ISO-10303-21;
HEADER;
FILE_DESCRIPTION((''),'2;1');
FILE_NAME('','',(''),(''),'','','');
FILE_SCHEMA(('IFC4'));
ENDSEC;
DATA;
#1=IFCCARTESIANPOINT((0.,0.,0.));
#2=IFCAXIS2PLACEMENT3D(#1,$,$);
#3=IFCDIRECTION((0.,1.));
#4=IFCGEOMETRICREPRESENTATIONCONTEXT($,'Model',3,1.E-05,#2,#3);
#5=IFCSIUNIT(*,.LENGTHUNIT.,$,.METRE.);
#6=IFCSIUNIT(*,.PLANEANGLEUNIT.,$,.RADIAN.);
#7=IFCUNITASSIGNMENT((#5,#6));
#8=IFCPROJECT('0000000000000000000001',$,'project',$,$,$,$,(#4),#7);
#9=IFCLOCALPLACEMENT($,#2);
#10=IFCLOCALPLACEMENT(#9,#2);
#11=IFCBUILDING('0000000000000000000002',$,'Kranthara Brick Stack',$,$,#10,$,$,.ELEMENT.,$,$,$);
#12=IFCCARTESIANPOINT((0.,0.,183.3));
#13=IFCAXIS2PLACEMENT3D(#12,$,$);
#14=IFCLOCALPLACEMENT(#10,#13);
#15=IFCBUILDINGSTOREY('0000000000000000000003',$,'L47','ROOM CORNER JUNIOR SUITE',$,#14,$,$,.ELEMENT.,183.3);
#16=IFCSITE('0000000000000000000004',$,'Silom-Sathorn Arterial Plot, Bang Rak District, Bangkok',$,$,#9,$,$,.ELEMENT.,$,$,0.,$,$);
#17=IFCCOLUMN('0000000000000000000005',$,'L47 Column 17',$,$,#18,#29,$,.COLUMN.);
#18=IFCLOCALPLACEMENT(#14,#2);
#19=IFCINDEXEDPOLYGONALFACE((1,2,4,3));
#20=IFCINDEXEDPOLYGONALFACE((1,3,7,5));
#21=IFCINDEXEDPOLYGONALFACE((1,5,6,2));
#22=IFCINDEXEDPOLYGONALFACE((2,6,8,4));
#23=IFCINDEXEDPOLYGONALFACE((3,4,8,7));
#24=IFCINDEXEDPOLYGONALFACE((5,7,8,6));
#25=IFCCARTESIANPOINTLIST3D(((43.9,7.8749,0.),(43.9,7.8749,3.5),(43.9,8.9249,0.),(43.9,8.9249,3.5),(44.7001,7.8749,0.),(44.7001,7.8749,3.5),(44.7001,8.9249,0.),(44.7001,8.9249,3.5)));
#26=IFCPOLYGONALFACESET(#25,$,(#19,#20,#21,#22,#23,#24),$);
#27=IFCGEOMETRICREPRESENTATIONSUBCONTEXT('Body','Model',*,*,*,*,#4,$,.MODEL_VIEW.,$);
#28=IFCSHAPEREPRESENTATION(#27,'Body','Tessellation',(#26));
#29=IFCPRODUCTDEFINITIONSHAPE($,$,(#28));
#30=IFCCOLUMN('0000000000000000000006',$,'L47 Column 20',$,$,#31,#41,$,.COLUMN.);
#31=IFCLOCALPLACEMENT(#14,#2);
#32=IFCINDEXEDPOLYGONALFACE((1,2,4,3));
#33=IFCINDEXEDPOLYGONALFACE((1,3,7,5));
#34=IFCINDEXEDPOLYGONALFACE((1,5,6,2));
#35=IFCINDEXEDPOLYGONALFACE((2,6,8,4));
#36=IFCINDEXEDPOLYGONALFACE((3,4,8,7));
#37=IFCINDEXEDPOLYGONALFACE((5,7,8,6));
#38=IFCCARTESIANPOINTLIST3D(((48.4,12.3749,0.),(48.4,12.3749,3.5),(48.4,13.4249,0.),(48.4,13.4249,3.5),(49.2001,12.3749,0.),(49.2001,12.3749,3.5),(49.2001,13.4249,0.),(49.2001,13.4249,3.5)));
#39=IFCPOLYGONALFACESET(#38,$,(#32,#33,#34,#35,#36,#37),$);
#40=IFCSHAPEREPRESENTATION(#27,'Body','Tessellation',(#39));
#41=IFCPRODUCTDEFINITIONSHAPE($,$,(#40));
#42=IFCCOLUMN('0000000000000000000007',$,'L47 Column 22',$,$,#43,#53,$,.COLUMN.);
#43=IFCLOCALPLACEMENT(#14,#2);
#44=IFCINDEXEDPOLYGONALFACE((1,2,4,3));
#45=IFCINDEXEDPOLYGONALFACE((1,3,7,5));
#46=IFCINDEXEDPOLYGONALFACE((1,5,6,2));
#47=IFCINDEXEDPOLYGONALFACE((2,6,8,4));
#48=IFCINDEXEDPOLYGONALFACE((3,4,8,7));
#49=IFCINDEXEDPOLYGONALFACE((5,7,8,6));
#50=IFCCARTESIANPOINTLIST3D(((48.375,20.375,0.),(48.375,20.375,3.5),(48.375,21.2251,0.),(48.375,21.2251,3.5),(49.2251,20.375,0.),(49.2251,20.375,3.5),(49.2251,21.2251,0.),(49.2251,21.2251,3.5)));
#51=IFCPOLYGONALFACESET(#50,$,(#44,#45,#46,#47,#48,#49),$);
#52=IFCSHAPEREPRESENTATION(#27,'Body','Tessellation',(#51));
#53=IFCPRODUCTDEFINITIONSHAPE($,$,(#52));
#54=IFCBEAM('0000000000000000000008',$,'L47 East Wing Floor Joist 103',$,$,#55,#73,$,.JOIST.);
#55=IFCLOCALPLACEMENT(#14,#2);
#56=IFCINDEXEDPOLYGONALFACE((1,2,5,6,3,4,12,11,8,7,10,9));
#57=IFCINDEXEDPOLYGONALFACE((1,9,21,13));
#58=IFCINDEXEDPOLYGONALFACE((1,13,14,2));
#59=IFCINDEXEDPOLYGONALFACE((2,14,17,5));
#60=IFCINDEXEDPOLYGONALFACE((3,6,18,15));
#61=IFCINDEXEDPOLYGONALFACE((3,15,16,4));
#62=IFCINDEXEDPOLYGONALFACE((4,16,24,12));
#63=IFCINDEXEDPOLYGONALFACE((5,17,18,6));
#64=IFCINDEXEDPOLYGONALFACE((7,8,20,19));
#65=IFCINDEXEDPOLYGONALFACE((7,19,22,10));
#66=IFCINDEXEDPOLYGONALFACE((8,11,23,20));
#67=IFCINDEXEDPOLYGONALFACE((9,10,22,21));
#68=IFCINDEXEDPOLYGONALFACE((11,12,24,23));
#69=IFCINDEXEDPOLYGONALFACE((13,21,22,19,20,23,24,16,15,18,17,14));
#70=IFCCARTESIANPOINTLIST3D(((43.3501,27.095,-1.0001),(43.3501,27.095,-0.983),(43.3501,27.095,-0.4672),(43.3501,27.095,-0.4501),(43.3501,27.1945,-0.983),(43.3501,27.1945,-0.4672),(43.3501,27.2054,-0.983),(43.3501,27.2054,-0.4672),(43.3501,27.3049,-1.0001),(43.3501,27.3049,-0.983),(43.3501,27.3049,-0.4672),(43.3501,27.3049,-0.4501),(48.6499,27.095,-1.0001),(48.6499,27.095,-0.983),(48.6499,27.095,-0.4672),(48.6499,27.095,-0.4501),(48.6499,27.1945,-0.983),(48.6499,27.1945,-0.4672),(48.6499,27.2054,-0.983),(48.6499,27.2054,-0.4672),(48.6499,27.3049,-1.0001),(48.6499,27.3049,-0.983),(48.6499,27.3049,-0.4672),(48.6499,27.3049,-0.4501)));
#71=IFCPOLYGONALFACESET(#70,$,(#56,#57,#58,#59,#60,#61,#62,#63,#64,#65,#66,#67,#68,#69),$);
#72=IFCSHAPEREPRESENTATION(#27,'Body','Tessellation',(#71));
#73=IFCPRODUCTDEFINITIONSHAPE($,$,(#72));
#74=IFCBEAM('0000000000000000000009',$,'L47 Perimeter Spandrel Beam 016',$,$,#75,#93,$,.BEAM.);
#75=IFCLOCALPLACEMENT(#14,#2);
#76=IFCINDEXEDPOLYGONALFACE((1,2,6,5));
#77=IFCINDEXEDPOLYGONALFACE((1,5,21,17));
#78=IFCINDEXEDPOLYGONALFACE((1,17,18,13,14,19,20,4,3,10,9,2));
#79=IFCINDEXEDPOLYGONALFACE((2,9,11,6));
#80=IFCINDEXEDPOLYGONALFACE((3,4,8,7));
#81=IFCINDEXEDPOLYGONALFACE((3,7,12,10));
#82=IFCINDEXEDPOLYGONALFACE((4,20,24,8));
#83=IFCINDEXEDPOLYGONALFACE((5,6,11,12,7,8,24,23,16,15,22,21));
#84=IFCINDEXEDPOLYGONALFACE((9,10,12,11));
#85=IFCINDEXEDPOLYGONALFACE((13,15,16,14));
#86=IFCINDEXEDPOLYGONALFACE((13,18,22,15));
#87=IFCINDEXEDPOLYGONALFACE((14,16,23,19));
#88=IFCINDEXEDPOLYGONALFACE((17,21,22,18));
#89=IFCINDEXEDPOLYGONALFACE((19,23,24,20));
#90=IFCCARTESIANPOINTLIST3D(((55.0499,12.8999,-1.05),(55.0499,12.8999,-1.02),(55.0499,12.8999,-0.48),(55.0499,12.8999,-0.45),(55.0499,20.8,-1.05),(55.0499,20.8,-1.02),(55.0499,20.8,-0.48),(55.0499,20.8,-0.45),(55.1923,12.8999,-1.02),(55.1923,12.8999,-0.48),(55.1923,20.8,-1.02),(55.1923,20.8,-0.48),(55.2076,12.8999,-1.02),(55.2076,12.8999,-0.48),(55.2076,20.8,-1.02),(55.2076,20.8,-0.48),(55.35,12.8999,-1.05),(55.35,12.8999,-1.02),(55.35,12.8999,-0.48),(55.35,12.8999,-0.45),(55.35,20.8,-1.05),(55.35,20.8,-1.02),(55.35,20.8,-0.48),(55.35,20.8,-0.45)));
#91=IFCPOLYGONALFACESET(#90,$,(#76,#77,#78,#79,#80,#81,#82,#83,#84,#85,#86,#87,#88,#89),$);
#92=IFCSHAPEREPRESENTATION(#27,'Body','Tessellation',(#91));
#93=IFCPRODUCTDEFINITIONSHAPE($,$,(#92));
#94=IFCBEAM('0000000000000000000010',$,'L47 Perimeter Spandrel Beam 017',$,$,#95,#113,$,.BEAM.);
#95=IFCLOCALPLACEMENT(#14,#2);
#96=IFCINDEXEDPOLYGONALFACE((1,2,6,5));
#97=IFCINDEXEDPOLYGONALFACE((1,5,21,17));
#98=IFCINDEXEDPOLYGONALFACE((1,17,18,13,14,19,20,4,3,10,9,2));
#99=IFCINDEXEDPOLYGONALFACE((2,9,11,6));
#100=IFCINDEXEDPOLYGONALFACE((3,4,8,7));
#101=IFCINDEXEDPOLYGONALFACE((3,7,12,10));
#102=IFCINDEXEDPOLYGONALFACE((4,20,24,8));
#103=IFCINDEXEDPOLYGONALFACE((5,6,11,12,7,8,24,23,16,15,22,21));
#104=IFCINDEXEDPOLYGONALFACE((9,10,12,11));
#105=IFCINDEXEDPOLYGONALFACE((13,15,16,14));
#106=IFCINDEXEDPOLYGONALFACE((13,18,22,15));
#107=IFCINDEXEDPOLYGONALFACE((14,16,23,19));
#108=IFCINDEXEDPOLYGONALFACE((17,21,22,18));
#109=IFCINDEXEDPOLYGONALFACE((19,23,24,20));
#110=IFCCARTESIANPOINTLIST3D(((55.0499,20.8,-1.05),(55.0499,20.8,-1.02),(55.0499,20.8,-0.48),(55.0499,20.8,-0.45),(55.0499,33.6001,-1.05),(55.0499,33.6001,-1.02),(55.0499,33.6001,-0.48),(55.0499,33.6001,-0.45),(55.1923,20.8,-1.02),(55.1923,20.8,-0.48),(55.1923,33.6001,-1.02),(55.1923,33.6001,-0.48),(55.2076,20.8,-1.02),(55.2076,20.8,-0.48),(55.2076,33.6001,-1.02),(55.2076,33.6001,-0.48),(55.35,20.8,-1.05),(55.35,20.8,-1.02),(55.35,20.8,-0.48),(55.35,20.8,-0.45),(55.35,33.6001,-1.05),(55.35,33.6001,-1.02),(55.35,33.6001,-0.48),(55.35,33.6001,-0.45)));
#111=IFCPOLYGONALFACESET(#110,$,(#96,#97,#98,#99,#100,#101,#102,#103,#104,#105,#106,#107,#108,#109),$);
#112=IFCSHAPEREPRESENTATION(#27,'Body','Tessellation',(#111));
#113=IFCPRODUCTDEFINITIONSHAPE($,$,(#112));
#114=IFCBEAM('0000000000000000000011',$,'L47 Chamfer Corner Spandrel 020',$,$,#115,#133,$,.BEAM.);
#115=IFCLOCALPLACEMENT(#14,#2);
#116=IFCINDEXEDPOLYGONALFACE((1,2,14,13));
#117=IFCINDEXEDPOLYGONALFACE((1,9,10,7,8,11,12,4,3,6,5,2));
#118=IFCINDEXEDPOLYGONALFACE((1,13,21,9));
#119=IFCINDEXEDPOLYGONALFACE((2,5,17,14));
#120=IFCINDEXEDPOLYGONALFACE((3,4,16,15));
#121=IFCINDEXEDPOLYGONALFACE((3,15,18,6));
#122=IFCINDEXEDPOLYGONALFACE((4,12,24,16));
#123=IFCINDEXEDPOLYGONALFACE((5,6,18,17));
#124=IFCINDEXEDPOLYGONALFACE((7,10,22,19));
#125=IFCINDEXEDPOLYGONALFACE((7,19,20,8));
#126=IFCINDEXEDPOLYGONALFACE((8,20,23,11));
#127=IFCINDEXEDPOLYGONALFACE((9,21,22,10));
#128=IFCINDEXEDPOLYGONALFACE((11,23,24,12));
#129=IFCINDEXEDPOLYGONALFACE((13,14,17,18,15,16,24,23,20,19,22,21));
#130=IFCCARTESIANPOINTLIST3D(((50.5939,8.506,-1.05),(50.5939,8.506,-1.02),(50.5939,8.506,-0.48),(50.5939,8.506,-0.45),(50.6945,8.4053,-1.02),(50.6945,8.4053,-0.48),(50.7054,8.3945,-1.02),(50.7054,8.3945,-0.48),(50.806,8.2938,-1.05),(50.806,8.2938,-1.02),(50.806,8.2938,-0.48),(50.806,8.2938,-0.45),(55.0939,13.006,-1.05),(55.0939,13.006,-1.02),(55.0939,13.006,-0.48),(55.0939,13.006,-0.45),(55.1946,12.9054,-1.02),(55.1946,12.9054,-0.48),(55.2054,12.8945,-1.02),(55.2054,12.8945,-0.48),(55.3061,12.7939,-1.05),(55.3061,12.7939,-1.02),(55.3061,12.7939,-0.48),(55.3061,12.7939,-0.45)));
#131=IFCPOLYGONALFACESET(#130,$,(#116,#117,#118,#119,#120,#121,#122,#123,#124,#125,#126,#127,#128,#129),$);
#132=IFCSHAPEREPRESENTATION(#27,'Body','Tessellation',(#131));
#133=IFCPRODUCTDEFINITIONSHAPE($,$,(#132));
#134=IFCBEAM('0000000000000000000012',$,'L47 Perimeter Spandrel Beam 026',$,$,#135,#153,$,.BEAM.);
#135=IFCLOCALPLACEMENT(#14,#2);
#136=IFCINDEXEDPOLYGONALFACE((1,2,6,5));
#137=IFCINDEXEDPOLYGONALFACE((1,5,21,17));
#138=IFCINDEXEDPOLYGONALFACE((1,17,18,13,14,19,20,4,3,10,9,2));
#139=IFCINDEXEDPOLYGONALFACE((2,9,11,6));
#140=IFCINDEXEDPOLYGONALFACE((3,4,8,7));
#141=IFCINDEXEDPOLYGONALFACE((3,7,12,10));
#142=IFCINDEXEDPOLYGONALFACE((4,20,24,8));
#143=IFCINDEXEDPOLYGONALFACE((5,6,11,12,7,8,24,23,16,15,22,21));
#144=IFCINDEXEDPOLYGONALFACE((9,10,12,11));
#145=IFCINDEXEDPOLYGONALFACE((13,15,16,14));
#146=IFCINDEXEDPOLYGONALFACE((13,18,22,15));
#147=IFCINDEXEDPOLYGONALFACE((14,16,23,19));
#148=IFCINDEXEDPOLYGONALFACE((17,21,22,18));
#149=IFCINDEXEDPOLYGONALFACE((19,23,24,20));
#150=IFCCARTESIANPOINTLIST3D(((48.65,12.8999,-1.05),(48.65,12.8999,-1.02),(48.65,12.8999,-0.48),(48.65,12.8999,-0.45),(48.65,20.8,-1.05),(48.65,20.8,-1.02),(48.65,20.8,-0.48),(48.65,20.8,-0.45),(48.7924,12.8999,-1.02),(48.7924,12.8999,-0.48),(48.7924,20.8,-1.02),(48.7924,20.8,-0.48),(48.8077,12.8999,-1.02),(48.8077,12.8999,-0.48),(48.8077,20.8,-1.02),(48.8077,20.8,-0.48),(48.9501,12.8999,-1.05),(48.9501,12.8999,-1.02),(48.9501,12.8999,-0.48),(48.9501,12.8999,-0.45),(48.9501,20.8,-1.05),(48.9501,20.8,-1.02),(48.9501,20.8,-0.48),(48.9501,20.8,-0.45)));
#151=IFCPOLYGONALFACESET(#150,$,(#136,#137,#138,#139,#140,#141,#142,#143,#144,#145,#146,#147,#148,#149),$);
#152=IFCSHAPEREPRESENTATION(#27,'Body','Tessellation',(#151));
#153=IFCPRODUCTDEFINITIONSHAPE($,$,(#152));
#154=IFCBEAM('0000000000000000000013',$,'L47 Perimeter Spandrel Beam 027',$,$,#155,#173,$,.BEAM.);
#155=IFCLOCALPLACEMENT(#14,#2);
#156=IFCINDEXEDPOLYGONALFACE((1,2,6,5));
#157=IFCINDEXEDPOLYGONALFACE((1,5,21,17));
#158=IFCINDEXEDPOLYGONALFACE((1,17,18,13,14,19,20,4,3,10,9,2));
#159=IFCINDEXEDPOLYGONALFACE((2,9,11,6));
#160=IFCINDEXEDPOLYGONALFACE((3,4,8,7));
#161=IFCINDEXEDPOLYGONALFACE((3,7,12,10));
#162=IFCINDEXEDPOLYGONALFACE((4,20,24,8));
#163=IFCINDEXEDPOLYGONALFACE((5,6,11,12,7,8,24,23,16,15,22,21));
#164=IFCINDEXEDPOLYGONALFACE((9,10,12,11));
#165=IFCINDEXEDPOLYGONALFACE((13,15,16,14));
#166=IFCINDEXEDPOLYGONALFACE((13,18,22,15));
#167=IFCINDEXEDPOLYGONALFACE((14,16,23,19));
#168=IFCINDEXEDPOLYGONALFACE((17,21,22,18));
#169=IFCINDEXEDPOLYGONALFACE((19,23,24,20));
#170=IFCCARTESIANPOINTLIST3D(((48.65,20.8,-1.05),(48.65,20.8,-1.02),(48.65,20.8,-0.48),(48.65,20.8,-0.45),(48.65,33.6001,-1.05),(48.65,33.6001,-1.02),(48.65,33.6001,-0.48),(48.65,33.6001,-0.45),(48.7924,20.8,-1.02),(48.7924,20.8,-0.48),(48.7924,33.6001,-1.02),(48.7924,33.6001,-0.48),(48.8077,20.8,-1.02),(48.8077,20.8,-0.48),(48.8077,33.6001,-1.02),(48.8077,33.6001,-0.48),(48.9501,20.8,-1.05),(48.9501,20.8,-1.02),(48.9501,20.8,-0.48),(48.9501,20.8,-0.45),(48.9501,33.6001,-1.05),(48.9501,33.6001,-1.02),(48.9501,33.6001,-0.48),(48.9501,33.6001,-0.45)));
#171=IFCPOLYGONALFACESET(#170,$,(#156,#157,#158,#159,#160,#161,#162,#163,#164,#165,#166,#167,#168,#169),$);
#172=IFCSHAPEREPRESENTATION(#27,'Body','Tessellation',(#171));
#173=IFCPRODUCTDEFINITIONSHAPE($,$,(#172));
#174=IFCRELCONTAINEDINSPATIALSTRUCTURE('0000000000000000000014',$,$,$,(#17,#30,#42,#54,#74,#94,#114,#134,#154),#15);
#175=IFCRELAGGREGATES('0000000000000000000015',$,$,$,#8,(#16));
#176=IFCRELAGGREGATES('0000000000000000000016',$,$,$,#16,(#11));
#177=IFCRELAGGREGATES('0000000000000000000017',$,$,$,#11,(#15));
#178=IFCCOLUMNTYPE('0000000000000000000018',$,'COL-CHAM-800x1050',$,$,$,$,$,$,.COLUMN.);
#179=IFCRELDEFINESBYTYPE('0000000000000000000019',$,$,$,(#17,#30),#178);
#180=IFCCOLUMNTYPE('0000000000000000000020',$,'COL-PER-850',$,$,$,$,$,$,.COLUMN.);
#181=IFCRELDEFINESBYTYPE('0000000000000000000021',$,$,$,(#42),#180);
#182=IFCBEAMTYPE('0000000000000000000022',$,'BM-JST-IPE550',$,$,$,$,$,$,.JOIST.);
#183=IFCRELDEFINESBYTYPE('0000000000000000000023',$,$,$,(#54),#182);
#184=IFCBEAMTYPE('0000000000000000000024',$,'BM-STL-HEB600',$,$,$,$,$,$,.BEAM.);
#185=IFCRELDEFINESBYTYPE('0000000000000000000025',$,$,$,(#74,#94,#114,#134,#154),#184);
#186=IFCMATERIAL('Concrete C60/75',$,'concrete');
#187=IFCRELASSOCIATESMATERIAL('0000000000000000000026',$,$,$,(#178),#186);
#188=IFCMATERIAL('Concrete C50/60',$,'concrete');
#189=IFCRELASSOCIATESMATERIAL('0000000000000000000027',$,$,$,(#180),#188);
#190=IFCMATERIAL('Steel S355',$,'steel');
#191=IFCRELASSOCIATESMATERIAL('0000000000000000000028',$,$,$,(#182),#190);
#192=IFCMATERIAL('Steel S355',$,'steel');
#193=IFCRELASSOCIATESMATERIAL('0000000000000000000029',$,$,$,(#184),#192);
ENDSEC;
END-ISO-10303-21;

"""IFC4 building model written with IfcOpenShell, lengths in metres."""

from ifc_helpers import new_model, si_unit, direction, frame, origin, origin_2d, place, context, subcontext, project, spatial, rectangle, i_section, extrude, material, material_profile, profile_set, type_object, element, save


model = new_model("IFC4")

# Units and contexts
model_context = context("Model", 3, precision=1e-05, world=origin(), true_north=direction((0.0, 1.0)))
body_context = subcontext(model_context, "Body", "Model", "MODEL_VIEW")
ifc_project = project(units=[si_unit("LENGTHUNIT", "METRE"), si_unit("PLANEANGLEUNIT", "RADIAN")], contexts=[model_context])

# Site, building, storey
site_placement = place(None, origin())
site = spatial("IfcSite", under=ifc_project, at=site_placement, Name="Silom-Sathorn Arterial Plot, Bang Rak District, Bangkok", CompositionType="ELEMENT", RefElevation=0.0)
building_placement = place(site_placement, origin())
building = spatial("IfcBuilding", under=site, at=building_placement, Name="Kranthara Brick Stack", CompositionType="ELEMENT")
storey_placement = place(building_placement, frame((0.0, 0.0, 183.3)))
storey = spatial("IfcBuildingStorey", under=building, at=storey_placement, Name="L47", Description="ROOM CORNER JUNIOR SUITE", CompositionType="ELEMENT", Elevation=183.3)

# Columns
ifc_material_1 = material(Name="Concrete C60/75", Category="concrete")
ifc_material_profile_1 = material_profile(ifc_material_1, rectangle(XDim=0.8, YDim=1.05, at=origin_2d()), Name="RC 800x1050")
ifc_profile_set_1 = profile_set([ifc_material_profile_1], Name="Concrete C60/75")
column_type_1 = type_object("IfcColumnType", Name="COL-CHAM-800x1050", PredefinedType="COLUMN", material=ifc_profile_set_1)
for number, where, z_axis, x_axis, name in (
    (1, (44.3, 8.3999, 0.0), (0.0, 0.0, 1.0), (1.0, 0.0, 0.0), "L47 Column 17"),
    (2, (48.8, 12.8999, 0.0), (0.0, 0.0, 1.0), (1.0, 0.0, 0.0), "L47 Column 20"),
):
    element("IfcColumn", number, at=place(storey_placement, frame(where, z_axis=z_axis, x_axis=x_axis)), inside=storey, type_object=column_type_1, Name=name, PredefinedType="COLUMN", context=body_context, shape_type="SweptSolid", body=[
        extrude(rectangle(XDim=0.8, YDim=1.05, at=origin_2d()), origin(), (0.0, 0.0, 1.0), 3.5),
    ])
ifc_material_2 = material(Name="Concrete C50/60", Category="concrete")
ifc_material_profile_2 = material_profile(ifc_material_2, rectangle(XDim=0.8501, YDim=0.8501, at=origin_2d()), Name="RC 850x850")
ifc_profile_set_2 = profile_set([ifc_material_profile_2], Name="Concrete C50/60")
column_type_2 = type_object("IfcColumnType", Name="COL-PER-850", PredefinedType="COLUMN", material=ifc_profile_set_2)
column_placement = place(storey_placement, frame((48.8, 20.8, 0.0), z_axis=(0.0, 0.0, 1.0), x_axis=(1.0, 0.0, 0.0)))
element("IfcColumn", 3, at=column_placement, inside=storey, type_object=column_type_2, Name="L47 Column 22", PredefinedType="COLUMN", context=body_context, shape_type="SweptSolid", body=[
    extrude(rectangle(XDim=0.8501, YDim=0.8501, at=origin_2d()), origin(), (0.0, 0.0, 1.0), 3.5),
])

# Beams
ifc_material_3 = material(Name="Steel S355", Category="steel")
ifc_material_profile_3 = material_profile(ifc_material_3, i_section(OverallWidth=0.21, OverallDepth=0.55, WebThickness=0.011, FlangeThickness=0.0171, at=origin_2d()), Name="IPE 550")
ifc_profile_set_3 = profile_set([ifc_material_profile_3], Name="Steel S355")
beam_type_1 = type_object("IfcBeamType", Name="BM-JST-IPE550", PredefinedType="JOIST", material=ifc_profile_set_3)
beam_1_placement = place(storey_placement, frame((43.3501, 27.2, -0.7251), z_axis=(1.0, 0.0, 0.0), x_axis=(0.0, 1.0, 0.0)))
element("IfcBeam", 4, at=beam_1_placement, inside=storey, type_object=beam_type_1, Name="L47 East Wing Floor Joist 103", PredefinedType="JOIST", context=body_context, shape_type="SweptSolid", body=[
    extrude(i_section(OverallWidth=0.21, OverallDepth=0.55, WebThickness=0.011, FlangeThickness=0.0171, at=origin_2d()), origin(), (0.0, 0.0, 1.0), 5.2998),
])
ifc_material_4 = material(Name="Steel S355", Category="steel")
ifc_material_profile_4 = material_profile(ifc_material_4, i_section(OverallWidth=0.3, OverallDepth=0.6001, WebThickness=0.0154, FlangeThickness=0.03, at=origin_2d()), Name="HEB 600")
ifc_profile_set_4 = profile_set([ifc_material_profile_4], Name="Steel S355")
beam_type_2 = type_object("IfcBeamType", Name="BM-STL-HEB600", PredefinedType="BEAM", material=ifc_profile_set_4)
beam_2_placement = place(storey_placement, frame((55.2, 12.8999, -0.75), z_axis=(0.0, 1.0, 0.0), x_axis=(-1.0, 0.0, 0.0)))
element("IfcBeam", 5, at=beam_2_placement, inside=storey, type_object=beam_type_2, Name="L47 Perimeter Spandrel Beam 016", PredefinedType="BEAM", context=body_context, shape_type="SweptSolid", body=[
    extrude(i_section(OverallWidth=0.3, OverallDepth=0.6001, WebThickness=0.0154, FlangeThickness=0.03, at=origin_2d()), origin(), (0.0, 0.0, 1.0), 7.9001),
])
beam_3_placement = place(storey_placement, frame((55.2, 20.8, -0.75), z_axis=(0.0, 1.0, 0.0), x_axis=(-1.0, 0.0, 0.0)))
element("IfcBeam", 6, at=beam_3_placement, inside=storey, type_object=beam_type_2, Name="L47 Perimeter Spandrel Beam 017", PredefinedType="BEAM", context=body_context, shape_type="SweptSolid", body=[
    extrude(i_section(OverallWidth=0.3, OverallDepth=0.6001, WebThickness=0.0154, FlangeThickness=0.03, at=origin_2d()), origin(), (0.0, 0.0, 1.0), 12.8),
])
beam_4_placement = place(storey_placement, frame((50.7, 8.3999, -0.75), z_axis=(0.707107, 0.707107, 0.0), x_axis=(-0.707107, 0.707107, 0.0)))
element("IfcBeam", 7, at=beam_4_placement, inside=storey, type_object=beam_type_2, Name="L47 Chamfer Corner Spandrel 020", PredefinedType="BEAM", context=body_context, shape_type="SweptSolid", body=[
    extrude(i_section(OverallWidth=0.3, OverallDepth=0.6001, WebThickness=0.0154, FlangeThickness=0.03, at=origin_2d()), origin(), (0.0, 0.0, 1.0), 6.364),
])
beam_5_placement = place(storey_placement, frame((48.8, 12.8999, -0.75), z_axis=(0.0, 1.0, 0.0), x_axis=(-1.0, 0.0, 0.0)))
element("IfcBeam", 8, at=beam_5_placement, inside=storey, type_object=beam_type_2, Name="L47 Perimeter Spandrel Beam 026", PredefinedType="BEAM", context=body_context, shape_type="SweptSolid", body=[
    extrude(i_section(OverallWidth=0.3, OverallDepth=0.6001, WebThickness=0.0154, FlangeThickness=0.03, at=origin_2d()), origin(), (0.0, 0.0, 1.0), 7.9001),
])
beam_6_placement = place(storey_placement, frame((48.8, 20.8, -0.75), z_axis=(0.0, 1.0, 0.0), x_axis=(-1.0, 0.0, 0.0)))
element("IfcBeam", 9, at=beam_6_placement, inside=storey, type_object=beam_type_2, Name="L47 Perimeter Spandrel Beam 027", PredefinedType="BEAM", context=body_context, shape_type="SweptSolid", body=[
    extrude(i_section(OverallWidth=0.3, OverallDepth=0.6001, WebThickness=0.0154, FlangeThickness=0.03, at=origin_2d()), origin(), (0.0, 0.0, 1.0), 12.8),
])

save(model, "model.ifc")
